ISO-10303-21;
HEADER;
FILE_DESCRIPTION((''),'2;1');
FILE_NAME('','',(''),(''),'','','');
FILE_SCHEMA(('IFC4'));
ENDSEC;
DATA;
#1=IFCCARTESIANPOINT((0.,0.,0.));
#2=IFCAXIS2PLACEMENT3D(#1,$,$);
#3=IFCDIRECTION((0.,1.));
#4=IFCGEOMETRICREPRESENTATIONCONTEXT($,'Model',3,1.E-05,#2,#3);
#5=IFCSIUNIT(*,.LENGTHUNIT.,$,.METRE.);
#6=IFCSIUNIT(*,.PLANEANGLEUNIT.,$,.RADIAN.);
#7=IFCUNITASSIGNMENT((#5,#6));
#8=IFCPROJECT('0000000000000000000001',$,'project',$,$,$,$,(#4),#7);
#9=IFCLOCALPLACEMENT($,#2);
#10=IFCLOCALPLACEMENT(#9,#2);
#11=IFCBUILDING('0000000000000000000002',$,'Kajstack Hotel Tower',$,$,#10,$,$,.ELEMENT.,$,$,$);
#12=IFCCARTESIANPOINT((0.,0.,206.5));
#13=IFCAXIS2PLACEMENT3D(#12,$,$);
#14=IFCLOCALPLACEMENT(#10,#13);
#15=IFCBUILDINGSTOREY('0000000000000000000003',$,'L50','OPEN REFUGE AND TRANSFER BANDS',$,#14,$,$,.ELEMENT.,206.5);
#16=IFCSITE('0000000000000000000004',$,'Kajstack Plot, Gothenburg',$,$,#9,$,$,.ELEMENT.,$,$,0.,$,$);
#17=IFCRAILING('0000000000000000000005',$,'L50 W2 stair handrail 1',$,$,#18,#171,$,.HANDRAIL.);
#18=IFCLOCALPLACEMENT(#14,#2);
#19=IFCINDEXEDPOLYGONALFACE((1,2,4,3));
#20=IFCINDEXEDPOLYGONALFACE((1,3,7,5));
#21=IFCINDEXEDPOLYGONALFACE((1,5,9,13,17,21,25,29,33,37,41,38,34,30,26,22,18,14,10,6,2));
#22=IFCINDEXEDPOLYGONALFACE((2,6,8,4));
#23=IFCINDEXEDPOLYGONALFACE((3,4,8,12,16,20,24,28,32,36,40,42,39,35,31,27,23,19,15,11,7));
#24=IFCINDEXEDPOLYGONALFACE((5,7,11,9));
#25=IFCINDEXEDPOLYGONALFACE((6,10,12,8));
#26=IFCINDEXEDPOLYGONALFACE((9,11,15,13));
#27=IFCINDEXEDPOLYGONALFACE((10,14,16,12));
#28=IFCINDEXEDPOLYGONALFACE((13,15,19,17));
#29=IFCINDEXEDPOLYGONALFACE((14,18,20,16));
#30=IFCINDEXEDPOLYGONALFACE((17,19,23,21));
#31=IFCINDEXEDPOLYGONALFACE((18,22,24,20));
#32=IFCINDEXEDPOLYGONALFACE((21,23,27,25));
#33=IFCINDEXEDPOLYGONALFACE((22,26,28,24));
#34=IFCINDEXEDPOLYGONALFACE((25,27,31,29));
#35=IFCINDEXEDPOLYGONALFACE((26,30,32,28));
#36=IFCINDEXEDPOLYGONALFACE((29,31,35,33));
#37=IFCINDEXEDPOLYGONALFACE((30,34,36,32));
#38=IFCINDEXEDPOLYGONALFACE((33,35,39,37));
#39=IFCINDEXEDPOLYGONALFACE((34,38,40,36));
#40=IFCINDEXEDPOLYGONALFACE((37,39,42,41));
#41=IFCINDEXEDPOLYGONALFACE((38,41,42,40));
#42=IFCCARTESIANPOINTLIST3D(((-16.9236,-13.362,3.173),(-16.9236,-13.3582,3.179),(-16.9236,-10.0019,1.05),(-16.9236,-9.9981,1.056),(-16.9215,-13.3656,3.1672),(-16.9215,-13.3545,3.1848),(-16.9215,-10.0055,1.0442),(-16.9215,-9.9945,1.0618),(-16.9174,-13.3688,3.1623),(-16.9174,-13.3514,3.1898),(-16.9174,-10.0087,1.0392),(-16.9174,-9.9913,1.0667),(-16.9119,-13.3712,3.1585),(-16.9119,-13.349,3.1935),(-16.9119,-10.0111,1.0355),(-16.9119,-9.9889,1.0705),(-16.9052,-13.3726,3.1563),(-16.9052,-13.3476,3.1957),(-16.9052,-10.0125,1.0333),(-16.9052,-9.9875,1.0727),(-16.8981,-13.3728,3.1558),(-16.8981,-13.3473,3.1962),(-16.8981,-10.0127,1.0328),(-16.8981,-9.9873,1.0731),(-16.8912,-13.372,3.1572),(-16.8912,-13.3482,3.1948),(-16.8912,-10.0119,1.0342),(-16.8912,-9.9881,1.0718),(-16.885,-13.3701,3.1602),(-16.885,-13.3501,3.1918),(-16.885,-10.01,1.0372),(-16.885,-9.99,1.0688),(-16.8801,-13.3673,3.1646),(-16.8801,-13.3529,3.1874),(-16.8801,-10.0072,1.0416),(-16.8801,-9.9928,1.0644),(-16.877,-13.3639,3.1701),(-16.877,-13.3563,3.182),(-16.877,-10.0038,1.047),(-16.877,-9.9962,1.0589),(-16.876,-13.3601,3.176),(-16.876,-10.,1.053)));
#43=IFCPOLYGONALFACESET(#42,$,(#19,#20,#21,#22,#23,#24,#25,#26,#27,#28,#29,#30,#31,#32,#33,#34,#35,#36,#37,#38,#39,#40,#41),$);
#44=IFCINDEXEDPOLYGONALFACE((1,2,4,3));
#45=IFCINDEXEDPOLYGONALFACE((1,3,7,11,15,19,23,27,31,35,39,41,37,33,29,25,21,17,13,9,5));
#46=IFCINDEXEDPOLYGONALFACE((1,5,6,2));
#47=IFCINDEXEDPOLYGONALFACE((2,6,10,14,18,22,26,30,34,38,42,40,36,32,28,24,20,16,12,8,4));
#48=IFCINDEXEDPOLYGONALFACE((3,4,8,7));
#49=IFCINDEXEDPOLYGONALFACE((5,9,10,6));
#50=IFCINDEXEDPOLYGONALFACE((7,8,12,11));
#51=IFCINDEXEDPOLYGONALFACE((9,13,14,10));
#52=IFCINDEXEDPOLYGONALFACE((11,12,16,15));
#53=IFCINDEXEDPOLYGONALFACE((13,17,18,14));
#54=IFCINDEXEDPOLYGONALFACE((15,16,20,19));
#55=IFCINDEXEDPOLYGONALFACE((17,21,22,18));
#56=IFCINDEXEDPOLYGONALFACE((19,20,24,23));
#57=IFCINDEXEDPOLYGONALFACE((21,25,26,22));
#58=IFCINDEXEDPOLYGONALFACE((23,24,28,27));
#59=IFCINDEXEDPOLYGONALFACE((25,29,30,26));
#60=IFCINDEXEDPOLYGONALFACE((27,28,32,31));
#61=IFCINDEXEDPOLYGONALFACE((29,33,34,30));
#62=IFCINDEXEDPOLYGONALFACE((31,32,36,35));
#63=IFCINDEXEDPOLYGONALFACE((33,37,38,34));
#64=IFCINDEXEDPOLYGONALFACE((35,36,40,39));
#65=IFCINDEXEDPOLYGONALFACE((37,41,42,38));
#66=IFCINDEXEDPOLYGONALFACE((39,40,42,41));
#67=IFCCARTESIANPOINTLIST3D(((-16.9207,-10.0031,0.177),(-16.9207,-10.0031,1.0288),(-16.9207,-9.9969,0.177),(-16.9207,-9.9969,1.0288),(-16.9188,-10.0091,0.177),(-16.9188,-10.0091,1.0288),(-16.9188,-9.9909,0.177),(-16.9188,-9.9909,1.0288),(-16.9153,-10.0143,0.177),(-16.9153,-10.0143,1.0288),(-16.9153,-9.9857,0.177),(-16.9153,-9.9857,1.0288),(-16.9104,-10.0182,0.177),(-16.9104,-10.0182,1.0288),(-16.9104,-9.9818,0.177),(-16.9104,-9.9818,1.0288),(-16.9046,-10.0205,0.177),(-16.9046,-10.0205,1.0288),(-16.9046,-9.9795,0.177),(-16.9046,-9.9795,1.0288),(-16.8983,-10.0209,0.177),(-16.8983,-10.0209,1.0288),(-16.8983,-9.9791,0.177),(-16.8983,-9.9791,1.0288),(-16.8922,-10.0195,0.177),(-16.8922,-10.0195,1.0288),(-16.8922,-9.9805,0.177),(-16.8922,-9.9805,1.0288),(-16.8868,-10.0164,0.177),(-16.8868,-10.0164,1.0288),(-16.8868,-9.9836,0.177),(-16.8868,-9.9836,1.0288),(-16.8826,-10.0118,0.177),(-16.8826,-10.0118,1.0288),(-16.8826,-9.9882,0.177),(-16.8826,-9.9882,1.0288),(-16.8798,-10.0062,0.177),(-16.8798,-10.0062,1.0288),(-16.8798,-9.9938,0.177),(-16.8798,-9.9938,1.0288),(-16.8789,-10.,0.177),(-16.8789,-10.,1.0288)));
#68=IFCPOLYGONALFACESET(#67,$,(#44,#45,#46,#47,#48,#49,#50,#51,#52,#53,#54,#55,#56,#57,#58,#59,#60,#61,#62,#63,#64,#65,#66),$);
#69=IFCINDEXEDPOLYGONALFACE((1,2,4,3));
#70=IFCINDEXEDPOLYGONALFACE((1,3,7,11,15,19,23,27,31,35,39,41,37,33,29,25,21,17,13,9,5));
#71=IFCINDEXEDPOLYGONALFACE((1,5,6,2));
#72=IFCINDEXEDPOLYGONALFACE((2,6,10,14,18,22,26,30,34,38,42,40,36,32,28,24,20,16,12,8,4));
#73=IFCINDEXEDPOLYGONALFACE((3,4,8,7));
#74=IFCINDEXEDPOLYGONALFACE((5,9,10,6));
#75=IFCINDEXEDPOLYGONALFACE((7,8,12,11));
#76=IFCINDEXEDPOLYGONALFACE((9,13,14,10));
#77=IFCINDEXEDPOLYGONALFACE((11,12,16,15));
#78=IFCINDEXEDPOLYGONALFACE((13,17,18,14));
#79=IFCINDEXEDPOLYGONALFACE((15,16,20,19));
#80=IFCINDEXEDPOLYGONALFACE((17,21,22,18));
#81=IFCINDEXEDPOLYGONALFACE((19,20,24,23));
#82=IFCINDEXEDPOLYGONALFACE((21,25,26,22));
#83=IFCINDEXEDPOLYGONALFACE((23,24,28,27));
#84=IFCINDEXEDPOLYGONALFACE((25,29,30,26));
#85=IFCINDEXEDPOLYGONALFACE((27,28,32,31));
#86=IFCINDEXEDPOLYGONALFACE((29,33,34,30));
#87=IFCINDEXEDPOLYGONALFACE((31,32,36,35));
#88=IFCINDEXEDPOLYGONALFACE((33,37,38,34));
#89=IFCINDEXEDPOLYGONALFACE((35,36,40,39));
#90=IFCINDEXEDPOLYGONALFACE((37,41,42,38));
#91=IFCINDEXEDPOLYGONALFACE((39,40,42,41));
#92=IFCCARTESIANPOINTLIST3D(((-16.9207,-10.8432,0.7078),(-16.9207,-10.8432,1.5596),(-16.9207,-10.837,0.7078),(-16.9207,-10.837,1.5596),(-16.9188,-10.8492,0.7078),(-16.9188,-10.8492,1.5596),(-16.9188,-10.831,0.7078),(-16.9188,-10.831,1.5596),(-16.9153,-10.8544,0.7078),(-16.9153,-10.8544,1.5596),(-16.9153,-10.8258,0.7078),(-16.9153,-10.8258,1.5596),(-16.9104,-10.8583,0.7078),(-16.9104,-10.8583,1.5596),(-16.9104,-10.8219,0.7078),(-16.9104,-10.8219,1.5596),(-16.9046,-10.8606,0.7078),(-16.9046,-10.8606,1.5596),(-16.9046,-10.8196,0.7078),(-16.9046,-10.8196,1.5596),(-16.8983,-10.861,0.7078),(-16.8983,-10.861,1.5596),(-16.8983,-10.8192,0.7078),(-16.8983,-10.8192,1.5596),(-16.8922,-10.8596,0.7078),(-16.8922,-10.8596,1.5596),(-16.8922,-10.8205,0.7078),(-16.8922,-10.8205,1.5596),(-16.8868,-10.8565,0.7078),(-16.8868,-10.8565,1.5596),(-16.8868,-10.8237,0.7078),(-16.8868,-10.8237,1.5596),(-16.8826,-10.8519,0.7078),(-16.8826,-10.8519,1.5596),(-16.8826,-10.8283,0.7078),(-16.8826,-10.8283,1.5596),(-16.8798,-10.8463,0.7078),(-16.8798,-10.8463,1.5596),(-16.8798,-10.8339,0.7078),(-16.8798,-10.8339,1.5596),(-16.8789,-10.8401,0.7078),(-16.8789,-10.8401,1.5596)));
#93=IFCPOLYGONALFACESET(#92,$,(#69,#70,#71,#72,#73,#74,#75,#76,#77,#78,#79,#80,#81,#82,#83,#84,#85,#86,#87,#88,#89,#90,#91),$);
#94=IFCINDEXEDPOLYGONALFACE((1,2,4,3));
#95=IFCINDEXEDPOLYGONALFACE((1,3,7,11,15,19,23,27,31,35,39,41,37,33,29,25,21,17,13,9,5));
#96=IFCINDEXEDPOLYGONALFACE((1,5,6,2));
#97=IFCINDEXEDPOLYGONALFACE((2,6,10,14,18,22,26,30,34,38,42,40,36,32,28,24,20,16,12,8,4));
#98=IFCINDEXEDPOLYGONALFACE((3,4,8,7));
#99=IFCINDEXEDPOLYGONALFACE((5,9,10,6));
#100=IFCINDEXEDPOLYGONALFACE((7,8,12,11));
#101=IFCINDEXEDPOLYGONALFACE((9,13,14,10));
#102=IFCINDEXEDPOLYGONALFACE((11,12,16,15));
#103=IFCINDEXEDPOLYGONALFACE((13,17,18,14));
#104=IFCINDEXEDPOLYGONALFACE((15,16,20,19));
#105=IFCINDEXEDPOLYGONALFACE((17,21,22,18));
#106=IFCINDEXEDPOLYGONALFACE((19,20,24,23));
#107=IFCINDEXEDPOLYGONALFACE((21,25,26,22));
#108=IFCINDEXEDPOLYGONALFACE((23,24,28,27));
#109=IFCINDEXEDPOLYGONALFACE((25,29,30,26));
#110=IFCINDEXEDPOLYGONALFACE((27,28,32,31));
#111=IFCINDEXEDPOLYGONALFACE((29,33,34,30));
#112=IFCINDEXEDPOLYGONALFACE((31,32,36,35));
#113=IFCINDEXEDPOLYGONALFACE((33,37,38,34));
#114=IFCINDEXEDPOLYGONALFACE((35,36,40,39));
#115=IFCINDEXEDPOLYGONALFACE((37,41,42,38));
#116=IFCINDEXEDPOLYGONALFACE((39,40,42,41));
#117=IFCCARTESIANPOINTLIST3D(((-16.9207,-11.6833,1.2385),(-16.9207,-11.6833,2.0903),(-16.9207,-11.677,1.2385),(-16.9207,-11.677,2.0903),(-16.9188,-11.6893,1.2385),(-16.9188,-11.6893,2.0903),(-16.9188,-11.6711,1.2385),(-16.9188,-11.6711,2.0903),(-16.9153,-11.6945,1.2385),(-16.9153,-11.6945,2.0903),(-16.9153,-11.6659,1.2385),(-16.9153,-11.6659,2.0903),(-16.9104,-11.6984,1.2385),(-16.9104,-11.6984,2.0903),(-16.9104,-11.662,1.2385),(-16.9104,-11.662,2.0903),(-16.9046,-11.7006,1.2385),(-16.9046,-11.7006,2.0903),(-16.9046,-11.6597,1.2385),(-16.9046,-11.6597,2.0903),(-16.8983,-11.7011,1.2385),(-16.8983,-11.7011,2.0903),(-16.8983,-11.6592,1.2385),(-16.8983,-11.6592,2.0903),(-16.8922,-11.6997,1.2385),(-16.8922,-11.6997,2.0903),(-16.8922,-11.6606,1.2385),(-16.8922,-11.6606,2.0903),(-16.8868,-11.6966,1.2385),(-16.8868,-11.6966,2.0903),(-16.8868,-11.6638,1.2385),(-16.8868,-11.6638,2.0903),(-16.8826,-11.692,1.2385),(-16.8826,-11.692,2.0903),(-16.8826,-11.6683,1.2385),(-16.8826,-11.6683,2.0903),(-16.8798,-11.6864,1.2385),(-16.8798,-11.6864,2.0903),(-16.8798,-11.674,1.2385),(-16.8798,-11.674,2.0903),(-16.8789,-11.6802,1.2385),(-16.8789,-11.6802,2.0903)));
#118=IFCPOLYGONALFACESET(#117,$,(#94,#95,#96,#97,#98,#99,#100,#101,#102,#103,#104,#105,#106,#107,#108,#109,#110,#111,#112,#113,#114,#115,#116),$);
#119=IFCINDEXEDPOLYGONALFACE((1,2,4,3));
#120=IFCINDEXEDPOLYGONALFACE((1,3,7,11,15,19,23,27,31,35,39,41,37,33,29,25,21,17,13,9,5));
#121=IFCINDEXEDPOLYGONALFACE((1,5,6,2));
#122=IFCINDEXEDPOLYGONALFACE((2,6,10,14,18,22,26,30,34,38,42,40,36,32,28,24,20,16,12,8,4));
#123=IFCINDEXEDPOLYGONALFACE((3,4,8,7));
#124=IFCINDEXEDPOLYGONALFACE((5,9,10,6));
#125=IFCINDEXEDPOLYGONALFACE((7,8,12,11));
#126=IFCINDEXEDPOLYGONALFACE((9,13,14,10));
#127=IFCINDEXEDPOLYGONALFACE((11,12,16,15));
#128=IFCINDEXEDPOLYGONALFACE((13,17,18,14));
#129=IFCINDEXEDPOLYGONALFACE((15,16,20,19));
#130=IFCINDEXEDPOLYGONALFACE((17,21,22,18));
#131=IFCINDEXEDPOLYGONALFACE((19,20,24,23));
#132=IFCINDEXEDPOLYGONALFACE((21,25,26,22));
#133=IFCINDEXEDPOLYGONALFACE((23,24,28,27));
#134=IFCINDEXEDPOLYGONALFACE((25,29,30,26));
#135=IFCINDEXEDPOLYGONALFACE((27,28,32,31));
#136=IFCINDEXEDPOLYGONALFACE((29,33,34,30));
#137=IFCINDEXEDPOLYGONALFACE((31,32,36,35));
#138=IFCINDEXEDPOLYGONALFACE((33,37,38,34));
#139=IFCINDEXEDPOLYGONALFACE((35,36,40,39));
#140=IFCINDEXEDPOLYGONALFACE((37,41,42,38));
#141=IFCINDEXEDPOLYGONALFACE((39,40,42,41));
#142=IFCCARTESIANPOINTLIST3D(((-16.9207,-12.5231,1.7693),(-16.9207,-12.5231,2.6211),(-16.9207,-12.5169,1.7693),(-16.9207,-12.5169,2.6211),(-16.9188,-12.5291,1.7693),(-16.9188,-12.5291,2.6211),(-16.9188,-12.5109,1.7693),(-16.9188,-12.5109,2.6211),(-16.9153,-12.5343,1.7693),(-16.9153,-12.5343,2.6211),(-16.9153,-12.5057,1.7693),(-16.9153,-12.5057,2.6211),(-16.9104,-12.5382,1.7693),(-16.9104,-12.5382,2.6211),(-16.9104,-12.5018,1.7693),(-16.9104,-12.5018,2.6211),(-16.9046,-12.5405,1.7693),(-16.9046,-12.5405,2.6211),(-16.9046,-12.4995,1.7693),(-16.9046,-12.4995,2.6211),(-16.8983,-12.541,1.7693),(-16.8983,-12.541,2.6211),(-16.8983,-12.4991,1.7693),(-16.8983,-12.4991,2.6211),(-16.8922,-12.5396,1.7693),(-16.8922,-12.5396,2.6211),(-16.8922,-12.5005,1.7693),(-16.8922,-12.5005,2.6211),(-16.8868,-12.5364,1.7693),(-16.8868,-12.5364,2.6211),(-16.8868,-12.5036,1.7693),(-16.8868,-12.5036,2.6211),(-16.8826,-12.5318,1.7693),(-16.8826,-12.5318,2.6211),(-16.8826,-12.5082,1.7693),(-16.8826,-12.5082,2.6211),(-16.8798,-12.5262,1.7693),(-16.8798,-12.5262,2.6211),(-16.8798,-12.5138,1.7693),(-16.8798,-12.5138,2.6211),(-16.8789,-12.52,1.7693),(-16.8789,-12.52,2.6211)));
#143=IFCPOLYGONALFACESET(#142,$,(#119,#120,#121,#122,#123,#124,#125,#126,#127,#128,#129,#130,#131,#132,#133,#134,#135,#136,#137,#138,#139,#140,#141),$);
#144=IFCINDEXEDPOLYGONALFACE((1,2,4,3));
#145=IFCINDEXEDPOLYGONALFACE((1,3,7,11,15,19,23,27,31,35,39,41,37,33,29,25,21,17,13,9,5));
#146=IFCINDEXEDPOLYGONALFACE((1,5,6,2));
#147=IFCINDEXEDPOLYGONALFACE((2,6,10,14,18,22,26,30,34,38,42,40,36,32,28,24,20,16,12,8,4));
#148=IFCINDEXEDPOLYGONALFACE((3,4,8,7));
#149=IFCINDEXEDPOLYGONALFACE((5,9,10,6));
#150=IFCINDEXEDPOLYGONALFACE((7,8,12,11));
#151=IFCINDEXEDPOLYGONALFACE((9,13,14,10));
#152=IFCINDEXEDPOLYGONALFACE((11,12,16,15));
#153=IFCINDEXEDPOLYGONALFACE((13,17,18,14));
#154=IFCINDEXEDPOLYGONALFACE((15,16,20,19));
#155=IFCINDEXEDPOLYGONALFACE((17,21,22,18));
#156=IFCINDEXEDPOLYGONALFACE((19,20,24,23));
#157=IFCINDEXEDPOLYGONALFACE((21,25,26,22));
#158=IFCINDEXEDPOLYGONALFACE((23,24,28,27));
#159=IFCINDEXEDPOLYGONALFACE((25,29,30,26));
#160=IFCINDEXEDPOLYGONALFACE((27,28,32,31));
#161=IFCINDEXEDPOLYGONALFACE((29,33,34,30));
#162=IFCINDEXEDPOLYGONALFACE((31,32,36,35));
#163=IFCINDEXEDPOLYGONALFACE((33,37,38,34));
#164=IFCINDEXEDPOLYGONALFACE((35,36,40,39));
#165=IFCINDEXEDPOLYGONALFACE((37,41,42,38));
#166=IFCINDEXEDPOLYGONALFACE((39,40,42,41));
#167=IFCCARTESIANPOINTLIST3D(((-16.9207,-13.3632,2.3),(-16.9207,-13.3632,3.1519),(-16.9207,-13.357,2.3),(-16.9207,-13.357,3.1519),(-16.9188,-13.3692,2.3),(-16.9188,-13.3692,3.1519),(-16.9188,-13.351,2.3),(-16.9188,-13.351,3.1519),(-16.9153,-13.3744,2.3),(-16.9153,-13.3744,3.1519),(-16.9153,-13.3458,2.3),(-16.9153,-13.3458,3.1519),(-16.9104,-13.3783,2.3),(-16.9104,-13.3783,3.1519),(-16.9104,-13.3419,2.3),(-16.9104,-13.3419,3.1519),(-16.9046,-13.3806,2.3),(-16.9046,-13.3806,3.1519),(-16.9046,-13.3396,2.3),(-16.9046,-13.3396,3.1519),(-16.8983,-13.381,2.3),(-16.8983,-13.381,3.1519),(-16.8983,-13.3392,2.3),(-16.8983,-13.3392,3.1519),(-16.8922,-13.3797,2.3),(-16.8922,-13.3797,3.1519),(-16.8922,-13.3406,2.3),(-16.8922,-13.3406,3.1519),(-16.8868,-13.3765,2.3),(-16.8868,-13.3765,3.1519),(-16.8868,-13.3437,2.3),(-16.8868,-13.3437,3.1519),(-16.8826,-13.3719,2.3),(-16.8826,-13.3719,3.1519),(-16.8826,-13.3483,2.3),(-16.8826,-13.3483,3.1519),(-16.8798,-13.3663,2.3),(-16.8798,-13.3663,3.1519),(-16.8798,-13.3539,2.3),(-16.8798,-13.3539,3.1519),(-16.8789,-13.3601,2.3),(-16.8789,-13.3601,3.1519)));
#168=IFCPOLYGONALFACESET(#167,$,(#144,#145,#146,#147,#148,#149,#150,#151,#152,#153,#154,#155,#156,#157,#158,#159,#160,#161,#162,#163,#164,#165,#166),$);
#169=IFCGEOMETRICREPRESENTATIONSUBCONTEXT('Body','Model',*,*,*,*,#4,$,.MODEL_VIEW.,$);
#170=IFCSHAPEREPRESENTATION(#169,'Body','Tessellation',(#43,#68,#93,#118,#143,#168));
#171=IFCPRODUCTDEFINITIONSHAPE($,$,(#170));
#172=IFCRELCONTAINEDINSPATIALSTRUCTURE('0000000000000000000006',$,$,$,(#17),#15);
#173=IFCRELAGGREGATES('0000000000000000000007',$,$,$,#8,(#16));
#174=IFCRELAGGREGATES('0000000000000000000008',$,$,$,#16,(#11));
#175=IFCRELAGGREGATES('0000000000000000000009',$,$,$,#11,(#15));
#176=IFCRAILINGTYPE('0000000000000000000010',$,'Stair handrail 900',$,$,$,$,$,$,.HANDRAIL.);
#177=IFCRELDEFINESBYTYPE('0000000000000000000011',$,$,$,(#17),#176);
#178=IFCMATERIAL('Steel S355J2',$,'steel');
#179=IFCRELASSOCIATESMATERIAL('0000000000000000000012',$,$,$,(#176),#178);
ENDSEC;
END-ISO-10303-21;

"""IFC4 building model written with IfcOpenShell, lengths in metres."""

from ifc_helpers import new_model, si_unit, direction, frame, origin, origin_2d, place, context, subcontext, project, spatial, circle, extrude, material, type_object, element, save


model = new_model("IFC4")

# Units and contexts
model_context = context("Model", 3, precision=1e-05, world=origin(), true_north=direction((0.0, 1.0)))
body_context = subcontext(model_context, "Body", "Model", "MODEL_VIEW")
ifc_project = project(units=[si_unit("LENGTHUNIT", "METRE"), si_unit("PLANEANGLEUNIT", "RADIAN")], contexts=[model_context])

# Site, building, storey
site_placement = place(None, origin())
site = spatial("IfcSite", under=ifc_project, at=site_placement, Name="Kajstack Plot, Gothenburg", CompositionType="ELEMENT", RefElevation=0.0)
building_placement = place(site_placement, origin())
building = spatial("IfcBuilding", under=site, at=building_placement, Name="Kajstack Hotel Tower", CompositionType="ELEMENT")
storey_placement = place(building_placement, frame((0.0, 0.0, 206.5)))
storey = spatial("IfcBuildingStorey", under=building, at=storey_placement, Name="L50", Description="OPEN REFUGE AND TRANSFER BANDS", CompositionType="ELEMENT", Elevation=206.5)

# Shared definitions
ifc_material_1 = material(Name="Steel S355J2", Category="steel")

# Railing
railing_type_1 = type_object("IfcRailingType", Name="Stair handrail 900", PredefinedType="HANDRAIL", material=ifc_material_1)
railing_1_placement = place(storey_placement, frame((-16.8999, -10.0, 0.177)))
element("IfcRailing", 1, at=railing_1_placement, inside=storey, type_object=railing_type_1, Name="L50 W2 stair handrail 1", PredefinedType="HANDRAIL", context=body_context, shape_type="SweptSolid", body=[
    extrude(circle(Radius=0.0239, at=origin_2d()), frame((0.0, 0.0, 0.876), z_axis=(0.0, -0.84539, 0.53415), x_axis=(1.0, 0.0, 0.0)), (0.0, 0.0, 1.0), 3.9746),
    extrude(circle(Radius=0.021, at=origin_2d()), origin(), (0.0, 0.0, 1.0), 0.8518),
    extrude(circle(Radius=0.021, at=origin_2d()), frame((0.0, -0.8401, 0.5308)), (0.0, 0.0, 1.0), 0.8518),
    extrude(circle(Radius=0.021, at=origin_2d()), frame((0.0, -1.6802, 1.0615)), (0.0, 0.0, 1.0), 0.8518),
    extrude(circle(Radius=0.021, at=origin_2d()), frame((0.0, -2.52, 1.5923)), (0.0, 0.0, 1.0), 0.8518),
    extrude(circle(Radius=0.021, at=origin_2d()), frame((0.0, -3.3601, 2.123)), (0.0, 0.0, 1.0), 0.8518),
])

save(model, "model.ifc")
